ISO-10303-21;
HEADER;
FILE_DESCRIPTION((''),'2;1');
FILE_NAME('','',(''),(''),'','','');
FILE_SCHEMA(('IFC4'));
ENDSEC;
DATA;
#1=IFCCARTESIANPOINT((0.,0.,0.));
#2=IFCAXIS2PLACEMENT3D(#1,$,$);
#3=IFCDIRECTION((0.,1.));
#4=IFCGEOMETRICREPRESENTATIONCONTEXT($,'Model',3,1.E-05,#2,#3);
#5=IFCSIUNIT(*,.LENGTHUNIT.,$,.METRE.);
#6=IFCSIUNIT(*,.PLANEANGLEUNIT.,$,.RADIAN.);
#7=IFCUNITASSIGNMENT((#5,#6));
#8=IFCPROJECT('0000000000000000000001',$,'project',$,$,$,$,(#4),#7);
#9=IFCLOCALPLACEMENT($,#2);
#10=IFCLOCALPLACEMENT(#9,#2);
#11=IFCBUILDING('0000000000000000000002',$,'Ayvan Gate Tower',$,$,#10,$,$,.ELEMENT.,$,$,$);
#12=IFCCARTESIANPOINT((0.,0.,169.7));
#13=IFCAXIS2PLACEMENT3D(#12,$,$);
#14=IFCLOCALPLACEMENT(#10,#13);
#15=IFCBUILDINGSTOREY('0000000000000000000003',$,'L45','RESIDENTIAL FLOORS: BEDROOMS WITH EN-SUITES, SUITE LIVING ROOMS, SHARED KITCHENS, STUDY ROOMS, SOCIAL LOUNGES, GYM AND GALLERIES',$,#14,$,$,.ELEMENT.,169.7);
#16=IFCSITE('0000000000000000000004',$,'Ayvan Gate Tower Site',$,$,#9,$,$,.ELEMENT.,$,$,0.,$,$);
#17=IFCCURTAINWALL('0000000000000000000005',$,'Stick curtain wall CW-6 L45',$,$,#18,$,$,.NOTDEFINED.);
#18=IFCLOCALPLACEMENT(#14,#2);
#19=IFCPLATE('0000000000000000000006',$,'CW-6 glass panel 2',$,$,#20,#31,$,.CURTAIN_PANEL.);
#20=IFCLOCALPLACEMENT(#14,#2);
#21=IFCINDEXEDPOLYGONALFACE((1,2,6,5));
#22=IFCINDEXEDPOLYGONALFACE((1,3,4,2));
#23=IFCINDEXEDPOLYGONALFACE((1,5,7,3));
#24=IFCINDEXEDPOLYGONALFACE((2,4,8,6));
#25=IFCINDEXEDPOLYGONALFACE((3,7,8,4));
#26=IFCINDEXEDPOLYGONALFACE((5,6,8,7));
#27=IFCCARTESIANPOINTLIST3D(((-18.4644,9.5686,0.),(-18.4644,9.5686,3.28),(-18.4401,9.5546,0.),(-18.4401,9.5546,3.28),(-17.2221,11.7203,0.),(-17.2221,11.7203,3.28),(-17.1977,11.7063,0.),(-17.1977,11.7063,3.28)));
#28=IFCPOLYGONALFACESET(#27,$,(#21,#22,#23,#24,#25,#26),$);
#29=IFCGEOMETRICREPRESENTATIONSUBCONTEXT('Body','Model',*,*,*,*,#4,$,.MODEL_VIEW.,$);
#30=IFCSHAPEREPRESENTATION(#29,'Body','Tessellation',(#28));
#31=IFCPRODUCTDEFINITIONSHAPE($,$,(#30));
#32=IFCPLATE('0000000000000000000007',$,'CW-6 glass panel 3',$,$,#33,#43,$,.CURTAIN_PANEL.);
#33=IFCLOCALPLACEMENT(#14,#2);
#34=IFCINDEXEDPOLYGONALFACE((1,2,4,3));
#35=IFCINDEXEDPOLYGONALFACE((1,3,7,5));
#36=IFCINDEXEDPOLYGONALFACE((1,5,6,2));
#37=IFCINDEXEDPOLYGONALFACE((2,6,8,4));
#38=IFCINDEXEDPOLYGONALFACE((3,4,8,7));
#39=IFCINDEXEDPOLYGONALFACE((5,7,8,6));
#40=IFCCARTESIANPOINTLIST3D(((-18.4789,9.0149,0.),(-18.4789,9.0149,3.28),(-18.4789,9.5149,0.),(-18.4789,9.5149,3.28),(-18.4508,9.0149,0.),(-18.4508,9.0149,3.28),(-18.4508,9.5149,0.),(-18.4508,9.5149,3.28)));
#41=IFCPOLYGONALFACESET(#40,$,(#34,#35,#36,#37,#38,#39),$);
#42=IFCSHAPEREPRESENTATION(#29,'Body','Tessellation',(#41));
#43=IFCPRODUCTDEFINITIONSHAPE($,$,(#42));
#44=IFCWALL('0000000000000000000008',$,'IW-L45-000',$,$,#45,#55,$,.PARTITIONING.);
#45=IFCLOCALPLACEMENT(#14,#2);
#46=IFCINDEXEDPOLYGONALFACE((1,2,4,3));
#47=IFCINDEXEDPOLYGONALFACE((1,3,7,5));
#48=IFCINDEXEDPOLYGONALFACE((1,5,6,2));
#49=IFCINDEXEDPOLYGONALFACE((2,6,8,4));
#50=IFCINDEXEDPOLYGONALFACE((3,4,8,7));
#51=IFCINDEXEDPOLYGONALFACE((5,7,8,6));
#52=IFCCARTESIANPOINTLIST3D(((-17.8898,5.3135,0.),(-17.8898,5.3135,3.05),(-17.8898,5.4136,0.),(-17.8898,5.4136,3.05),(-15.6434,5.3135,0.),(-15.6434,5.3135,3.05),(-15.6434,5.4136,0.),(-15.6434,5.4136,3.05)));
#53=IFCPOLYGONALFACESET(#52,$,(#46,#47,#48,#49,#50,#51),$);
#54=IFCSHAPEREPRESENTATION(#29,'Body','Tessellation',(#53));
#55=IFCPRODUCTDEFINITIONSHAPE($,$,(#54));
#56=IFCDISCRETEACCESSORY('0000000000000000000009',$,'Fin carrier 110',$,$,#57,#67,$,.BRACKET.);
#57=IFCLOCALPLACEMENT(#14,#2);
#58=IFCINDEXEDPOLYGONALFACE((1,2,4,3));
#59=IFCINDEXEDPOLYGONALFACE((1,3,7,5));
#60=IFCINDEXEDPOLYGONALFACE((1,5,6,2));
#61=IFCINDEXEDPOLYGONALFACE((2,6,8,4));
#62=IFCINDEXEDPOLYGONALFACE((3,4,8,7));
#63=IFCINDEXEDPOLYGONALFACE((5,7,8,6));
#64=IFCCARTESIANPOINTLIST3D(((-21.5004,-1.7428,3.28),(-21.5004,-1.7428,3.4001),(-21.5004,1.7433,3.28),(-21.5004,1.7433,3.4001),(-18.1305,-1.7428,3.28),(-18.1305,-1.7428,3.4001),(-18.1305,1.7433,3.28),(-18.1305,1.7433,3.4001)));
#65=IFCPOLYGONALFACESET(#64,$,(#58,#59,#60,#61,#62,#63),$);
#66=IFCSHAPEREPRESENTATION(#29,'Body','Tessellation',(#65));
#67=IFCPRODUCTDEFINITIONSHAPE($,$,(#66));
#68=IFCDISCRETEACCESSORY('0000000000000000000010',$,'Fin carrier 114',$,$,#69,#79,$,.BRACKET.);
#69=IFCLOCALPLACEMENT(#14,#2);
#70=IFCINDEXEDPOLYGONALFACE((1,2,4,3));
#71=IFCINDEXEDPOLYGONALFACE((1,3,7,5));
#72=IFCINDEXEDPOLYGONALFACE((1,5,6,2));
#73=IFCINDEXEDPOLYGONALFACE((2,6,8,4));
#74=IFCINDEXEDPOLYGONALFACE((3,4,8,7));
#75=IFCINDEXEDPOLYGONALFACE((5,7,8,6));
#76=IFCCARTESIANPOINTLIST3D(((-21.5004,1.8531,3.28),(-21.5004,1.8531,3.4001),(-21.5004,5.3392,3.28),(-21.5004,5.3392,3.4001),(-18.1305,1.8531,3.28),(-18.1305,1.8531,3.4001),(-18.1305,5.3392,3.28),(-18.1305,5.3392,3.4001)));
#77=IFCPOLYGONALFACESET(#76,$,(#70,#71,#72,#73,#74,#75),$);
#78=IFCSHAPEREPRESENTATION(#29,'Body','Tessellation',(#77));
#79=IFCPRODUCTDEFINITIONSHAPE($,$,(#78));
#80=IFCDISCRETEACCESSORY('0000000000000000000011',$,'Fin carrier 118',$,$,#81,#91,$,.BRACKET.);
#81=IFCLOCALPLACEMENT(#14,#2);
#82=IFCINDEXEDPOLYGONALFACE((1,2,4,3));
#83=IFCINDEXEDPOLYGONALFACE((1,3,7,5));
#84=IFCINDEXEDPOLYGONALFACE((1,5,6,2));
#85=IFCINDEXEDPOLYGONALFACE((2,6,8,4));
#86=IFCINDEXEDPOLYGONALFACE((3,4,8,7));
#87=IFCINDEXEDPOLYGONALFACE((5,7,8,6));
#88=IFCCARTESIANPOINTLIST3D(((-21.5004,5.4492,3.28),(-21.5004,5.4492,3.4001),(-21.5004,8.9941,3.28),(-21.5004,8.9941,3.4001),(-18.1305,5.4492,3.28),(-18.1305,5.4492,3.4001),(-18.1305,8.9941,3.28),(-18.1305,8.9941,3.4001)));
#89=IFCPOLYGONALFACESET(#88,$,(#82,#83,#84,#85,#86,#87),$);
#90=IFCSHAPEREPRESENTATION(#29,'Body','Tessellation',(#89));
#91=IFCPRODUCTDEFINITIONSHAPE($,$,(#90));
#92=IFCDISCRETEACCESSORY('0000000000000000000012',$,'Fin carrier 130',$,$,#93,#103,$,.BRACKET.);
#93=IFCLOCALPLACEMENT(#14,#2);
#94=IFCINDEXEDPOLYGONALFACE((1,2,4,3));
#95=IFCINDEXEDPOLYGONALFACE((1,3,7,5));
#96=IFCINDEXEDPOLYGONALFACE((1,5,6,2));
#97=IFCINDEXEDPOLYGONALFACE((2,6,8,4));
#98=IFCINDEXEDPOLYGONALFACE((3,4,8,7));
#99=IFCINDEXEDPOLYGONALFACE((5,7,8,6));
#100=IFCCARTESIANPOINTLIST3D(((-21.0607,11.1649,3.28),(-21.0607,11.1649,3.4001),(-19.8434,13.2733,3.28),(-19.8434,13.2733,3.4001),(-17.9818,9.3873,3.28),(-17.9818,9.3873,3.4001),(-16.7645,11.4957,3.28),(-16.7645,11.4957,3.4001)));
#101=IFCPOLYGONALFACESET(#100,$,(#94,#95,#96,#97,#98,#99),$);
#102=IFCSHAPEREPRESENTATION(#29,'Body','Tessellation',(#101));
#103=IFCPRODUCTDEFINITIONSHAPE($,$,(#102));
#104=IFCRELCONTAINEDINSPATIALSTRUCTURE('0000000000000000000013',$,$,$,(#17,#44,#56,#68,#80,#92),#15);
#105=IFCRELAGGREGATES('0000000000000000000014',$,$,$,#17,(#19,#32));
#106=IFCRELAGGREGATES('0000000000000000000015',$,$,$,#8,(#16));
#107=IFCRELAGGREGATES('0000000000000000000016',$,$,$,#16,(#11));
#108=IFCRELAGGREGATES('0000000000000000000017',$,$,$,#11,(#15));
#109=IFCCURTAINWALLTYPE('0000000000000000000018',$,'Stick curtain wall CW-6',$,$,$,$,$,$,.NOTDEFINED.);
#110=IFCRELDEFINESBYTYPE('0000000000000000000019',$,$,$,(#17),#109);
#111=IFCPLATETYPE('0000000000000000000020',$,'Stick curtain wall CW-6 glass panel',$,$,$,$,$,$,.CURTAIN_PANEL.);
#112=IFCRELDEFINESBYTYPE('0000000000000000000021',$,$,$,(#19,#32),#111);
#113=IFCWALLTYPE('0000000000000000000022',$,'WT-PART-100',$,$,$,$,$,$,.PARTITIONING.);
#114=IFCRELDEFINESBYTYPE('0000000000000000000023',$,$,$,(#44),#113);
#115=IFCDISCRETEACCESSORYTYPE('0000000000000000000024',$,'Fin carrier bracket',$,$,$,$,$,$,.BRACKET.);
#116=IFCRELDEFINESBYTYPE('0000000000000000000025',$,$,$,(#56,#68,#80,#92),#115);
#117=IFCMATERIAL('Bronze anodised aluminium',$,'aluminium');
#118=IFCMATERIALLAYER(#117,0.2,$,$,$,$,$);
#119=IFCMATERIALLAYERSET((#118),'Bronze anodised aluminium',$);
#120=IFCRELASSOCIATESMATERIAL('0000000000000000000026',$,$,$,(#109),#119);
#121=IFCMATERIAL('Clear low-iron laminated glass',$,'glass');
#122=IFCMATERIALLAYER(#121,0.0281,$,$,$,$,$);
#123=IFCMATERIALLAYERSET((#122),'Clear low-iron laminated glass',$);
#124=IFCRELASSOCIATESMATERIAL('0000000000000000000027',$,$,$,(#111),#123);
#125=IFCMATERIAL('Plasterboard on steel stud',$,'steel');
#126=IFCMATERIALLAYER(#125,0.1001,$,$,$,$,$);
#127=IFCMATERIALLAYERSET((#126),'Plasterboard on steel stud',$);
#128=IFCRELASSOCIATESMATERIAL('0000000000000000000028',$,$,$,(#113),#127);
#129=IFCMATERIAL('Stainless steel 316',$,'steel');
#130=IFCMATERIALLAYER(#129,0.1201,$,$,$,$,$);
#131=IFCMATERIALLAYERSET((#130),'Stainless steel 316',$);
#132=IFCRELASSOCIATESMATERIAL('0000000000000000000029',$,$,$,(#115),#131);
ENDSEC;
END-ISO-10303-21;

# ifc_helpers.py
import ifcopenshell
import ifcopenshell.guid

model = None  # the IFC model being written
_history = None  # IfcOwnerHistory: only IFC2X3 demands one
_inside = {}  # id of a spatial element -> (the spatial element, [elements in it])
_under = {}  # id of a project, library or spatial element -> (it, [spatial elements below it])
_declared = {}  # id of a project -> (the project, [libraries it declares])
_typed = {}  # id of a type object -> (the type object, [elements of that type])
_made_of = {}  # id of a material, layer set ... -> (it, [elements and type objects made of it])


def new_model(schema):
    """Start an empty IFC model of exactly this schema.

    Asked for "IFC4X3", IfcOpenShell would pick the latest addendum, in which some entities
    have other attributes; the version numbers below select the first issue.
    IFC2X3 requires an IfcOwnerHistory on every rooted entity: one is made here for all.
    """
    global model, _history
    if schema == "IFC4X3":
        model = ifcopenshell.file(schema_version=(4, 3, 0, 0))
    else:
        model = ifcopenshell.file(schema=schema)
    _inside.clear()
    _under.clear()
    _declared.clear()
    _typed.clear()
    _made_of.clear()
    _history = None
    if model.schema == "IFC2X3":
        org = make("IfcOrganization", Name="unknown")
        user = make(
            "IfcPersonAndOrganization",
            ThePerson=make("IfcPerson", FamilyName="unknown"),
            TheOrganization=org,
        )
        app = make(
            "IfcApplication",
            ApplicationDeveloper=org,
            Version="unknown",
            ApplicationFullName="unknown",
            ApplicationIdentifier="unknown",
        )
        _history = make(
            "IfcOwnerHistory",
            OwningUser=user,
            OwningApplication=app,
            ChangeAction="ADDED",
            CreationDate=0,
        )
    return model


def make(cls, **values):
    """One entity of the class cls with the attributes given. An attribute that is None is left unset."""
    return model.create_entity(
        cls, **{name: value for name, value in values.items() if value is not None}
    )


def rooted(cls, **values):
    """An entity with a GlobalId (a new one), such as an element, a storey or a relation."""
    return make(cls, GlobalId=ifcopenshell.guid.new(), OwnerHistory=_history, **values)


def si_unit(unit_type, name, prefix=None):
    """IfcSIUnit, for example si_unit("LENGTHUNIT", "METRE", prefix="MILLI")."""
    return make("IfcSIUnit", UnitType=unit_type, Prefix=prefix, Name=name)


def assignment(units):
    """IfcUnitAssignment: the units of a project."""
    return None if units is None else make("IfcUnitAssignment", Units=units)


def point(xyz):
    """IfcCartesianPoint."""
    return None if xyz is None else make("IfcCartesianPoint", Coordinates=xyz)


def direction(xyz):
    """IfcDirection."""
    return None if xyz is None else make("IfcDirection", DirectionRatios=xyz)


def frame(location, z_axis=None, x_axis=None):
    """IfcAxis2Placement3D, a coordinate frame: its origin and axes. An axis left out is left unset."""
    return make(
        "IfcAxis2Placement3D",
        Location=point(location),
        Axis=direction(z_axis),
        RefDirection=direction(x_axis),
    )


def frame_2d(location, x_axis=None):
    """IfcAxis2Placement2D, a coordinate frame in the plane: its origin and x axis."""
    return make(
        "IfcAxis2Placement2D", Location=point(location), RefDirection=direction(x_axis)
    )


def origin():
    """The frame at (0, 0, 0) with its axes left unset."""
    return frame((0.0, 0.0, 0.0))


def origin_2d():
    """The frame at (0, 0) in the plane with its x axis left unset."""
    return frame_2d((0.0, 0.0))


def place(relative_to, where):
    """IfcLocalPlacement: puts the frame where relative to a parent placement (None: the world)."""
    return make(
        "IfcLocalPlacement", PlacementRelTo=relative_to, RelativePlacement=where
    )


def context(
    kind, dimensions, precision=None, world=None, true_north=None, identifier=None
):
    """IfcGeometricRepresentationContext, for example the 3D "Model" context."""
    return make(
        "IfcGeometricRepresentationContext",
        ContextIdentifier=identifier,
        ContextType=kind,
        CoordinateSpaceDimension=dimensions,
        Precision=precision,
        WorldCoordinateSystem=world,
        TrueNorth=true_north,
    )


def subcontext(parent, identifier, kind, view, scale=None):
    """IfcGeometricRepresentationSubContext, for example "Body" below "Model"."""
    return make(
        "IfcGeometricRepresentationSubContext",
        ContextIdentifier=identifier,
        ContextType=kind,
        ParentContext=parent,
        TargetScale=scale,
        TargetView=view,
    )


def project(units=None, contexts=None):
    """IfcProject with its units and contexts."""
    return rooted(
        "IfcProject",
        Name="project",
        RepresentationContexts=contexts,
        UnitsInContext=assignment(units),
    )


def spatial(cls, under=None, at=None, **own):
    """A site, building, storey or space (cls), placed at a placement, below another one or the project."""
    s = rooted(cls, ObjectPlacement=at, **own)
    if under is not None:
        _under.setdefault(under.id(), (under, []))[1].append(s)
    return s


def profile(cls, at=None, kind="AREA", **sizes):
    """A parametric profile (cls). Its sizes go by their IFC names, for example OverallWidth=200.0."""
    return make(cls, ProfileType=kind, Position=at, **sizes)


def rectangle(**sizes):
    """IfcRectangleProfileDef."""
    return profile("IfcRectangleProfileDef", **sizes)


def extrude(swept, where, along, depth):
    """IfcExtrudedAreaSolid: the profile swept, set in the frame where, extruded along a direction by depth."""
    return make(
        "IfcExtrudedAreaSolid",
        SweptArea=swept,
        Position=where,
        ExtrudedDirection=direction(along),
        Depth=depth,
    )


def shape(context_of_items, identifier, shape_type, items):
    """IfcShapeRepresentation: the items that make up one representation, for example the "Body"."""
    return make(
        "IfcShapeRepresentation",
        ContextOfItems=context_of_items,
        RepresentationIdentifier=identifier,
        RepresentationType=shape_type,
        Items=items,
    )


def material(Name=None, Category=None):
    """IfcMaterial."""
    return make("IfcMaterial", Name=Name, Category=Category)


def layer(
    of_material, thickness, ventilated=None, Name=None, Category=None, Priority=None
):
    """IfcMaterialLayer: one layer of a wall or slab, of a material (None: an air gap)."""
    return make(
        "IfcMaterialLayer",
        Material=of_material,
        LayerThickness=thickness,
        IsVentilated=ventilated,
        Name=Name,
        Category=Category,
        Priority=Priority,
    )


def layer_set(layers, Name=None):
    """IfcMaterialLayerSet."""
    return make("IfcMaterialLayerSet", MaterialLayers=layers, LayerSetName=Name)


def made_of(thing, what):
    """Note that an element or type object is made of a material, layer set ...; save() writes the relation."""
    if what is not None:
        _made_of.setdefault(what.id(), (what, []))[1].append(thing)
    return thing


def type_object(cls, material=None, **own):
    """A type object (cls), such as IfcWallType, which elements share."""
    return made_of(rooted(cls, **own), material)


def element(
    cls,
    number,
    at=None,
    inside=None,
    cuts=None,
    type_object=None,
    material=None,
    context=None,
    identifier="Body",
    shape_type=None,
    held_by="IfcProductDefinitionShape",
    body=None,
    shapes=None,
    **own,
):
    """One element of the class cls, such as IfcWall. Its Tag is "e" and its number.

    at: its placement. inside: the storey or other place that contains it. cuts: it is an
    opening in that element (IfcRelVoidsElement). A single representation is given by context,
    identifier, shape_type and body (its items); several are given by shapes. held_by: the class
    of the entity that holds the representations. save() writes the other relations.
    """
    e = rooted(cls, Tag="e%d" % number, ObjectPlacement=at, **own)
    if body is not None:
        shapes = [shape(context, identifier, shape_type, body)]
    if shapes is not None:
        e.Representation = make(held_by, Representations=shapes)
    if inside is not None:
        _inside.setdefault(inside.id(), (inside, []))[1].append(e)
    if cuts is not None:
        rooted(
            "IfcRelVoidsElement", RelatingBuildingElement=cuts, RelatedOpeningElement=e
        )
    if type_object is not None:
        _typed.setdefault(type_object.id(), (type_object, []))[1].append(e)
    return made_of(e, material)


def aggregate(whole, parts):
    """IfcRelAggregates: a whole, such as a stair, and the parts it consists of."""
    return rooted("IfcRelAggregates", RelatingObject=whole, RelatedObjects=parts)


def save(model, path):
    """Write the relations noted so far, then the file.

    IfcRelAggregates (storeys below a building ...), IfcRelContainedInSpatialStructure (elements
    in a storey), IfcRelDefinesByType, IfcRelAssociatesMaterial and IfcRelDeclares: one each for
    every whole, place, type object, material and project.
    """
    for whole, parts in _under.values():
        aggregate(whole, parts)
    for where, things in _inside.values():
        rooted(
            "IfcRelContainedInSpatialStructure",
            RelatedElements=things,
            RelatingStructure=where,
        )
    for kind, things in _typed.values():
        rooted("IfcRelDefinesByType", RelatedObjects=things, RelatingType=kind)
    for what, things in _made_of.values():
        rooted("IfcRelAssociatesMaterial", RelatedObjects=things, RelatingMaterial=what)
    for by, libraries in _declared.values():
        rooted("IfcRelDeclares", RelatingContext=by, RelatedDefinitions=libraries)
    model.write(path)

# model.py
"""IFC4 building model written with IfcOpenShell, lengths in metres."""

from ifc_helpers import new_model, si_unit, direction, frame, frame_2d, origin, origin_2d, place, context, subcontext, project, spatial, rectangle, extrude, material, layer, layer_set, type_object, element, aggregate, save


model = new_model("IFC4")

# Units and contexts
model_context = context("Model", 3, precision=1e-05, world=origin(), true_north=direction((0.0, 1.0)))
body_context = subcontext(model_context, "Body", "Model", "MODEL_VIEW")
ifc_project = project(units=[si_unit("LENGTHUNIT", "METRE"), si_unit("PLANEANGLEUNIT", "RADIAN")], contexts=[model_context])

# Site, building, storey
site_placement = place(None, origin())
site = spatial("IfcSite", under=ifc_project, at=site_placement, Name="Ayvan Gate Tower Site", CompositionType="ELEMENT", RefElevation=0.0)
building_placement = place(site_placement, origin())
building = spatial("IfcBuilding", under=site, at=building_placement, Name="Ayvan Gate Tower", CompositionType="ELEMENT")
storey_placement = place(building_placement, frame((0.0, 0.0, 169.7)))
storey = spatial("IfcBuildingStorey", under=building, at=storey_placement, Name="L45", Description="RESIDENTIAL FLOORS: BEDROOMS WITH EN-SUITES, SUITE LIVING ROOMS, SHARED KITCHENS, STUDY ROOMS, SOCIAL LOUNGES, GYM AND GALLERIES", CompositionType="ELEMENT", Elevation=169.7)

# Curtain wall
ifc_material_1 = material(Name="Bronze anodised aluminium", Category="aluminium")
ifc_layer_1 = layer(ifc_material_1, 0.2)
ifc_layer_set_1 = layer_set([ifc_layer_1], Name="Bronze anodised aluminium")
curtain_wall_type_1 = type_object("IfcCurtainWallType", Name="Stick curtain wall CW-6", PredefinedType="NOTDEFINED", material=ifc_layer_set_1)
curtain_wall_1_placement = place(storey_placement, origin())
curtain_wall_1 = element("IfcCurtainWall", 1, at=curtain_wall_1_placement, inside=storey, type_object=curtain_wall_type_1, Name="Stick curtain wall CW-6 L45", PredefinedType="NOTDEFINED")

# Plates
ifc_material_2 = material(Name="Clear low-iron laminated glass", Category="glass")
ifc_layer_2 = layer(ifc_material_2, 0.0281)
ifc_layer_set_2 = layer_set([ifc_layer_2], Name="Clear low-iron laminated glass")
plate_type_1 = type_object("IfcPlateType", Name="Stick curtain wall CW-6 glass panel", PredefinedType="CURTAIN_PANEL", material=ifc_layer_set_2)
plate_1_placement = place(storey_placement, frame((-17.8311, 10.6375, 0.0), z_axis=(0.0, 0.0, 1.0), x_axis=(-0.5, -0.866025, 0.0)))
plate_1 = element("IfcPlate", 2, at=plate_1_placement, type_object=plate_type_1, Name="CW-6 glass panel 2", PredefinedType="CURTAIN_PANEL", context=body_context, shape_type="SweptSolid", body=[
    extrude(rectangle(XDim=2.4846, YDim=0.0281, at=origin_2d()), origin(), (0.0, 0.0, 1.0), 3.28),
])
plate_2_placement = place(storey_placement, frame((-18.4648, 9.2649, 0.0), z_axis=(0.0, 0.0, 1.0), x_axis=(0.0, -1.0, 0.0)))
plate_2 = element("IfcPlate", 3, at=plate_2_placement, type_object=plate_type_1, Name="CW-6 glass panel 3", PredefinedType="CURTAIN_PANEL", context=body_context, shape_type="SweptSolid", body=[
    extrude(rectangle(XDim=0.5, YDim=0.0281, at=origin_2d()), origin(), (0.0, 0.0, 1.0), 3.28),
])
aggregate(curtain_wall_1, [plate_1, plate_2])

# Wall
ifc_material_3 = material(Name="Plasterboard on steel stud", Category="steel")
ifc_layer_3 = layer(ifc_material_3, 0.1001)
ifc_layer_set_3 = layer_set([ifc_layer_3], Name="Plasterboard on steel stud")
wall_type = type_object("IfcWallType", Name="WT-PART-100", PredefinedType="PARTITIONING", material=ifc_layer_set_3)
wall_placement = place(storey_placement, frame((-15.6436, 5.3635, 0.0), z_axis=(0.0, 0.0, 1.0), x_axis=(-1.0, 0.0, 0.0)))
element("IfcWall", 4, at=wall_placement, inside=storey, type_object=wall_type, Name="IW-L45-000", PredefinedType="PARTITIONING", context=body_context, shape_type="SweptSolid", body=[
    extrude(rectangle(XDim=2.2463, YDim=0.1001, at=frame_2d((1.123, 0.0))), origin(), (0.0, 0.0, 1.0), 3.05),
])

# Discrete accessories
ifc_material_4 = material(Name="Stainless steel 316", Category="steel")
ifc_layer_4 = layer(ifc_material_4, 0.1201)
ifc_layer_set_4 = layer_set([ifc_layer_4], Name="Stainless steel 316")
discrete_accessory_type = type_object("IfcDiscreteAccessoryType", Name="Fin carrier bracket", PredefinedType="BRACKET", material=ifc_layer_set_4)
for number, where, z_axis, x_axis, name in (
    (5, (-19.8154, 0.0002, 3.28), (0.0, 0.0, 1.0), (0.0, -1.0, 0.0), "Fin carrier 110"),
    (6, (-19.8154, 3.5962, 3.28), (0.0, 0.0, 1.0), (0.0, -1.0, 0.0), "Fin carrier 114"),
):
    element("IfcDiscreteAccessory", number, at=place(storey_placement, frame(where, z_axis=z_axis, x_axis=x_axis)), inside=storey, type_object=discrete_accessory_type, Name=name, PredefinedType="BRACKET", context=body_context, shape_type="SweptSolid", body=[
        extrude(rectangle(XDim=3.4861, YDim=3.3699, at=origin_2d()), origin(), (0.0, 0.0, 1.0), 0.1201),
    ])
discrete_accessory_1_placement = place(storey_placement, frame((-19.8154, 7.2217, 3.28), z_axis=(0.0, 0.0, 1.0), x_axis=(0.0, -1.0, 0.0)))
element("IfcDiscreteAccessory", 7, at=discrete_accessory_1_placement, inside=storey, type_object=discrete_accessory_type, Name="Fin carrier 118", PredefinedType="BRACKET", context=body_context, shape_type="SweptSolid", body=[
    extrude(rectangle(XDim=3.5449, YDim=3.3699, at=origin_2d()), origin(), (0.0, 0.0, 1.0), 0.1201),
])
discrete_accessory_2_placement = place(storey_placement, frame((-18.9126, 11.3303, 3.28), z_axis=(0.0, 0.0, 1.0), x_axis=(-0.5, -0.866025, 0.0)))
element("IfcDiscreteAccessory", 8, at=discrete_accessory_2_placement, inside=storey, type_object=discrete_accessory_type, Name="Fin carrier 130", PredefinedType="BRACKET", context=body_context, shape_type="SweptSolid", body=[
    extrude(rectangle(XDim=2.4346, YDim=3.5552, at=origin_2d()), origin(), (0.0, 0.0, 1.0), 0.1201),
])

save(model, "model.ifc")
